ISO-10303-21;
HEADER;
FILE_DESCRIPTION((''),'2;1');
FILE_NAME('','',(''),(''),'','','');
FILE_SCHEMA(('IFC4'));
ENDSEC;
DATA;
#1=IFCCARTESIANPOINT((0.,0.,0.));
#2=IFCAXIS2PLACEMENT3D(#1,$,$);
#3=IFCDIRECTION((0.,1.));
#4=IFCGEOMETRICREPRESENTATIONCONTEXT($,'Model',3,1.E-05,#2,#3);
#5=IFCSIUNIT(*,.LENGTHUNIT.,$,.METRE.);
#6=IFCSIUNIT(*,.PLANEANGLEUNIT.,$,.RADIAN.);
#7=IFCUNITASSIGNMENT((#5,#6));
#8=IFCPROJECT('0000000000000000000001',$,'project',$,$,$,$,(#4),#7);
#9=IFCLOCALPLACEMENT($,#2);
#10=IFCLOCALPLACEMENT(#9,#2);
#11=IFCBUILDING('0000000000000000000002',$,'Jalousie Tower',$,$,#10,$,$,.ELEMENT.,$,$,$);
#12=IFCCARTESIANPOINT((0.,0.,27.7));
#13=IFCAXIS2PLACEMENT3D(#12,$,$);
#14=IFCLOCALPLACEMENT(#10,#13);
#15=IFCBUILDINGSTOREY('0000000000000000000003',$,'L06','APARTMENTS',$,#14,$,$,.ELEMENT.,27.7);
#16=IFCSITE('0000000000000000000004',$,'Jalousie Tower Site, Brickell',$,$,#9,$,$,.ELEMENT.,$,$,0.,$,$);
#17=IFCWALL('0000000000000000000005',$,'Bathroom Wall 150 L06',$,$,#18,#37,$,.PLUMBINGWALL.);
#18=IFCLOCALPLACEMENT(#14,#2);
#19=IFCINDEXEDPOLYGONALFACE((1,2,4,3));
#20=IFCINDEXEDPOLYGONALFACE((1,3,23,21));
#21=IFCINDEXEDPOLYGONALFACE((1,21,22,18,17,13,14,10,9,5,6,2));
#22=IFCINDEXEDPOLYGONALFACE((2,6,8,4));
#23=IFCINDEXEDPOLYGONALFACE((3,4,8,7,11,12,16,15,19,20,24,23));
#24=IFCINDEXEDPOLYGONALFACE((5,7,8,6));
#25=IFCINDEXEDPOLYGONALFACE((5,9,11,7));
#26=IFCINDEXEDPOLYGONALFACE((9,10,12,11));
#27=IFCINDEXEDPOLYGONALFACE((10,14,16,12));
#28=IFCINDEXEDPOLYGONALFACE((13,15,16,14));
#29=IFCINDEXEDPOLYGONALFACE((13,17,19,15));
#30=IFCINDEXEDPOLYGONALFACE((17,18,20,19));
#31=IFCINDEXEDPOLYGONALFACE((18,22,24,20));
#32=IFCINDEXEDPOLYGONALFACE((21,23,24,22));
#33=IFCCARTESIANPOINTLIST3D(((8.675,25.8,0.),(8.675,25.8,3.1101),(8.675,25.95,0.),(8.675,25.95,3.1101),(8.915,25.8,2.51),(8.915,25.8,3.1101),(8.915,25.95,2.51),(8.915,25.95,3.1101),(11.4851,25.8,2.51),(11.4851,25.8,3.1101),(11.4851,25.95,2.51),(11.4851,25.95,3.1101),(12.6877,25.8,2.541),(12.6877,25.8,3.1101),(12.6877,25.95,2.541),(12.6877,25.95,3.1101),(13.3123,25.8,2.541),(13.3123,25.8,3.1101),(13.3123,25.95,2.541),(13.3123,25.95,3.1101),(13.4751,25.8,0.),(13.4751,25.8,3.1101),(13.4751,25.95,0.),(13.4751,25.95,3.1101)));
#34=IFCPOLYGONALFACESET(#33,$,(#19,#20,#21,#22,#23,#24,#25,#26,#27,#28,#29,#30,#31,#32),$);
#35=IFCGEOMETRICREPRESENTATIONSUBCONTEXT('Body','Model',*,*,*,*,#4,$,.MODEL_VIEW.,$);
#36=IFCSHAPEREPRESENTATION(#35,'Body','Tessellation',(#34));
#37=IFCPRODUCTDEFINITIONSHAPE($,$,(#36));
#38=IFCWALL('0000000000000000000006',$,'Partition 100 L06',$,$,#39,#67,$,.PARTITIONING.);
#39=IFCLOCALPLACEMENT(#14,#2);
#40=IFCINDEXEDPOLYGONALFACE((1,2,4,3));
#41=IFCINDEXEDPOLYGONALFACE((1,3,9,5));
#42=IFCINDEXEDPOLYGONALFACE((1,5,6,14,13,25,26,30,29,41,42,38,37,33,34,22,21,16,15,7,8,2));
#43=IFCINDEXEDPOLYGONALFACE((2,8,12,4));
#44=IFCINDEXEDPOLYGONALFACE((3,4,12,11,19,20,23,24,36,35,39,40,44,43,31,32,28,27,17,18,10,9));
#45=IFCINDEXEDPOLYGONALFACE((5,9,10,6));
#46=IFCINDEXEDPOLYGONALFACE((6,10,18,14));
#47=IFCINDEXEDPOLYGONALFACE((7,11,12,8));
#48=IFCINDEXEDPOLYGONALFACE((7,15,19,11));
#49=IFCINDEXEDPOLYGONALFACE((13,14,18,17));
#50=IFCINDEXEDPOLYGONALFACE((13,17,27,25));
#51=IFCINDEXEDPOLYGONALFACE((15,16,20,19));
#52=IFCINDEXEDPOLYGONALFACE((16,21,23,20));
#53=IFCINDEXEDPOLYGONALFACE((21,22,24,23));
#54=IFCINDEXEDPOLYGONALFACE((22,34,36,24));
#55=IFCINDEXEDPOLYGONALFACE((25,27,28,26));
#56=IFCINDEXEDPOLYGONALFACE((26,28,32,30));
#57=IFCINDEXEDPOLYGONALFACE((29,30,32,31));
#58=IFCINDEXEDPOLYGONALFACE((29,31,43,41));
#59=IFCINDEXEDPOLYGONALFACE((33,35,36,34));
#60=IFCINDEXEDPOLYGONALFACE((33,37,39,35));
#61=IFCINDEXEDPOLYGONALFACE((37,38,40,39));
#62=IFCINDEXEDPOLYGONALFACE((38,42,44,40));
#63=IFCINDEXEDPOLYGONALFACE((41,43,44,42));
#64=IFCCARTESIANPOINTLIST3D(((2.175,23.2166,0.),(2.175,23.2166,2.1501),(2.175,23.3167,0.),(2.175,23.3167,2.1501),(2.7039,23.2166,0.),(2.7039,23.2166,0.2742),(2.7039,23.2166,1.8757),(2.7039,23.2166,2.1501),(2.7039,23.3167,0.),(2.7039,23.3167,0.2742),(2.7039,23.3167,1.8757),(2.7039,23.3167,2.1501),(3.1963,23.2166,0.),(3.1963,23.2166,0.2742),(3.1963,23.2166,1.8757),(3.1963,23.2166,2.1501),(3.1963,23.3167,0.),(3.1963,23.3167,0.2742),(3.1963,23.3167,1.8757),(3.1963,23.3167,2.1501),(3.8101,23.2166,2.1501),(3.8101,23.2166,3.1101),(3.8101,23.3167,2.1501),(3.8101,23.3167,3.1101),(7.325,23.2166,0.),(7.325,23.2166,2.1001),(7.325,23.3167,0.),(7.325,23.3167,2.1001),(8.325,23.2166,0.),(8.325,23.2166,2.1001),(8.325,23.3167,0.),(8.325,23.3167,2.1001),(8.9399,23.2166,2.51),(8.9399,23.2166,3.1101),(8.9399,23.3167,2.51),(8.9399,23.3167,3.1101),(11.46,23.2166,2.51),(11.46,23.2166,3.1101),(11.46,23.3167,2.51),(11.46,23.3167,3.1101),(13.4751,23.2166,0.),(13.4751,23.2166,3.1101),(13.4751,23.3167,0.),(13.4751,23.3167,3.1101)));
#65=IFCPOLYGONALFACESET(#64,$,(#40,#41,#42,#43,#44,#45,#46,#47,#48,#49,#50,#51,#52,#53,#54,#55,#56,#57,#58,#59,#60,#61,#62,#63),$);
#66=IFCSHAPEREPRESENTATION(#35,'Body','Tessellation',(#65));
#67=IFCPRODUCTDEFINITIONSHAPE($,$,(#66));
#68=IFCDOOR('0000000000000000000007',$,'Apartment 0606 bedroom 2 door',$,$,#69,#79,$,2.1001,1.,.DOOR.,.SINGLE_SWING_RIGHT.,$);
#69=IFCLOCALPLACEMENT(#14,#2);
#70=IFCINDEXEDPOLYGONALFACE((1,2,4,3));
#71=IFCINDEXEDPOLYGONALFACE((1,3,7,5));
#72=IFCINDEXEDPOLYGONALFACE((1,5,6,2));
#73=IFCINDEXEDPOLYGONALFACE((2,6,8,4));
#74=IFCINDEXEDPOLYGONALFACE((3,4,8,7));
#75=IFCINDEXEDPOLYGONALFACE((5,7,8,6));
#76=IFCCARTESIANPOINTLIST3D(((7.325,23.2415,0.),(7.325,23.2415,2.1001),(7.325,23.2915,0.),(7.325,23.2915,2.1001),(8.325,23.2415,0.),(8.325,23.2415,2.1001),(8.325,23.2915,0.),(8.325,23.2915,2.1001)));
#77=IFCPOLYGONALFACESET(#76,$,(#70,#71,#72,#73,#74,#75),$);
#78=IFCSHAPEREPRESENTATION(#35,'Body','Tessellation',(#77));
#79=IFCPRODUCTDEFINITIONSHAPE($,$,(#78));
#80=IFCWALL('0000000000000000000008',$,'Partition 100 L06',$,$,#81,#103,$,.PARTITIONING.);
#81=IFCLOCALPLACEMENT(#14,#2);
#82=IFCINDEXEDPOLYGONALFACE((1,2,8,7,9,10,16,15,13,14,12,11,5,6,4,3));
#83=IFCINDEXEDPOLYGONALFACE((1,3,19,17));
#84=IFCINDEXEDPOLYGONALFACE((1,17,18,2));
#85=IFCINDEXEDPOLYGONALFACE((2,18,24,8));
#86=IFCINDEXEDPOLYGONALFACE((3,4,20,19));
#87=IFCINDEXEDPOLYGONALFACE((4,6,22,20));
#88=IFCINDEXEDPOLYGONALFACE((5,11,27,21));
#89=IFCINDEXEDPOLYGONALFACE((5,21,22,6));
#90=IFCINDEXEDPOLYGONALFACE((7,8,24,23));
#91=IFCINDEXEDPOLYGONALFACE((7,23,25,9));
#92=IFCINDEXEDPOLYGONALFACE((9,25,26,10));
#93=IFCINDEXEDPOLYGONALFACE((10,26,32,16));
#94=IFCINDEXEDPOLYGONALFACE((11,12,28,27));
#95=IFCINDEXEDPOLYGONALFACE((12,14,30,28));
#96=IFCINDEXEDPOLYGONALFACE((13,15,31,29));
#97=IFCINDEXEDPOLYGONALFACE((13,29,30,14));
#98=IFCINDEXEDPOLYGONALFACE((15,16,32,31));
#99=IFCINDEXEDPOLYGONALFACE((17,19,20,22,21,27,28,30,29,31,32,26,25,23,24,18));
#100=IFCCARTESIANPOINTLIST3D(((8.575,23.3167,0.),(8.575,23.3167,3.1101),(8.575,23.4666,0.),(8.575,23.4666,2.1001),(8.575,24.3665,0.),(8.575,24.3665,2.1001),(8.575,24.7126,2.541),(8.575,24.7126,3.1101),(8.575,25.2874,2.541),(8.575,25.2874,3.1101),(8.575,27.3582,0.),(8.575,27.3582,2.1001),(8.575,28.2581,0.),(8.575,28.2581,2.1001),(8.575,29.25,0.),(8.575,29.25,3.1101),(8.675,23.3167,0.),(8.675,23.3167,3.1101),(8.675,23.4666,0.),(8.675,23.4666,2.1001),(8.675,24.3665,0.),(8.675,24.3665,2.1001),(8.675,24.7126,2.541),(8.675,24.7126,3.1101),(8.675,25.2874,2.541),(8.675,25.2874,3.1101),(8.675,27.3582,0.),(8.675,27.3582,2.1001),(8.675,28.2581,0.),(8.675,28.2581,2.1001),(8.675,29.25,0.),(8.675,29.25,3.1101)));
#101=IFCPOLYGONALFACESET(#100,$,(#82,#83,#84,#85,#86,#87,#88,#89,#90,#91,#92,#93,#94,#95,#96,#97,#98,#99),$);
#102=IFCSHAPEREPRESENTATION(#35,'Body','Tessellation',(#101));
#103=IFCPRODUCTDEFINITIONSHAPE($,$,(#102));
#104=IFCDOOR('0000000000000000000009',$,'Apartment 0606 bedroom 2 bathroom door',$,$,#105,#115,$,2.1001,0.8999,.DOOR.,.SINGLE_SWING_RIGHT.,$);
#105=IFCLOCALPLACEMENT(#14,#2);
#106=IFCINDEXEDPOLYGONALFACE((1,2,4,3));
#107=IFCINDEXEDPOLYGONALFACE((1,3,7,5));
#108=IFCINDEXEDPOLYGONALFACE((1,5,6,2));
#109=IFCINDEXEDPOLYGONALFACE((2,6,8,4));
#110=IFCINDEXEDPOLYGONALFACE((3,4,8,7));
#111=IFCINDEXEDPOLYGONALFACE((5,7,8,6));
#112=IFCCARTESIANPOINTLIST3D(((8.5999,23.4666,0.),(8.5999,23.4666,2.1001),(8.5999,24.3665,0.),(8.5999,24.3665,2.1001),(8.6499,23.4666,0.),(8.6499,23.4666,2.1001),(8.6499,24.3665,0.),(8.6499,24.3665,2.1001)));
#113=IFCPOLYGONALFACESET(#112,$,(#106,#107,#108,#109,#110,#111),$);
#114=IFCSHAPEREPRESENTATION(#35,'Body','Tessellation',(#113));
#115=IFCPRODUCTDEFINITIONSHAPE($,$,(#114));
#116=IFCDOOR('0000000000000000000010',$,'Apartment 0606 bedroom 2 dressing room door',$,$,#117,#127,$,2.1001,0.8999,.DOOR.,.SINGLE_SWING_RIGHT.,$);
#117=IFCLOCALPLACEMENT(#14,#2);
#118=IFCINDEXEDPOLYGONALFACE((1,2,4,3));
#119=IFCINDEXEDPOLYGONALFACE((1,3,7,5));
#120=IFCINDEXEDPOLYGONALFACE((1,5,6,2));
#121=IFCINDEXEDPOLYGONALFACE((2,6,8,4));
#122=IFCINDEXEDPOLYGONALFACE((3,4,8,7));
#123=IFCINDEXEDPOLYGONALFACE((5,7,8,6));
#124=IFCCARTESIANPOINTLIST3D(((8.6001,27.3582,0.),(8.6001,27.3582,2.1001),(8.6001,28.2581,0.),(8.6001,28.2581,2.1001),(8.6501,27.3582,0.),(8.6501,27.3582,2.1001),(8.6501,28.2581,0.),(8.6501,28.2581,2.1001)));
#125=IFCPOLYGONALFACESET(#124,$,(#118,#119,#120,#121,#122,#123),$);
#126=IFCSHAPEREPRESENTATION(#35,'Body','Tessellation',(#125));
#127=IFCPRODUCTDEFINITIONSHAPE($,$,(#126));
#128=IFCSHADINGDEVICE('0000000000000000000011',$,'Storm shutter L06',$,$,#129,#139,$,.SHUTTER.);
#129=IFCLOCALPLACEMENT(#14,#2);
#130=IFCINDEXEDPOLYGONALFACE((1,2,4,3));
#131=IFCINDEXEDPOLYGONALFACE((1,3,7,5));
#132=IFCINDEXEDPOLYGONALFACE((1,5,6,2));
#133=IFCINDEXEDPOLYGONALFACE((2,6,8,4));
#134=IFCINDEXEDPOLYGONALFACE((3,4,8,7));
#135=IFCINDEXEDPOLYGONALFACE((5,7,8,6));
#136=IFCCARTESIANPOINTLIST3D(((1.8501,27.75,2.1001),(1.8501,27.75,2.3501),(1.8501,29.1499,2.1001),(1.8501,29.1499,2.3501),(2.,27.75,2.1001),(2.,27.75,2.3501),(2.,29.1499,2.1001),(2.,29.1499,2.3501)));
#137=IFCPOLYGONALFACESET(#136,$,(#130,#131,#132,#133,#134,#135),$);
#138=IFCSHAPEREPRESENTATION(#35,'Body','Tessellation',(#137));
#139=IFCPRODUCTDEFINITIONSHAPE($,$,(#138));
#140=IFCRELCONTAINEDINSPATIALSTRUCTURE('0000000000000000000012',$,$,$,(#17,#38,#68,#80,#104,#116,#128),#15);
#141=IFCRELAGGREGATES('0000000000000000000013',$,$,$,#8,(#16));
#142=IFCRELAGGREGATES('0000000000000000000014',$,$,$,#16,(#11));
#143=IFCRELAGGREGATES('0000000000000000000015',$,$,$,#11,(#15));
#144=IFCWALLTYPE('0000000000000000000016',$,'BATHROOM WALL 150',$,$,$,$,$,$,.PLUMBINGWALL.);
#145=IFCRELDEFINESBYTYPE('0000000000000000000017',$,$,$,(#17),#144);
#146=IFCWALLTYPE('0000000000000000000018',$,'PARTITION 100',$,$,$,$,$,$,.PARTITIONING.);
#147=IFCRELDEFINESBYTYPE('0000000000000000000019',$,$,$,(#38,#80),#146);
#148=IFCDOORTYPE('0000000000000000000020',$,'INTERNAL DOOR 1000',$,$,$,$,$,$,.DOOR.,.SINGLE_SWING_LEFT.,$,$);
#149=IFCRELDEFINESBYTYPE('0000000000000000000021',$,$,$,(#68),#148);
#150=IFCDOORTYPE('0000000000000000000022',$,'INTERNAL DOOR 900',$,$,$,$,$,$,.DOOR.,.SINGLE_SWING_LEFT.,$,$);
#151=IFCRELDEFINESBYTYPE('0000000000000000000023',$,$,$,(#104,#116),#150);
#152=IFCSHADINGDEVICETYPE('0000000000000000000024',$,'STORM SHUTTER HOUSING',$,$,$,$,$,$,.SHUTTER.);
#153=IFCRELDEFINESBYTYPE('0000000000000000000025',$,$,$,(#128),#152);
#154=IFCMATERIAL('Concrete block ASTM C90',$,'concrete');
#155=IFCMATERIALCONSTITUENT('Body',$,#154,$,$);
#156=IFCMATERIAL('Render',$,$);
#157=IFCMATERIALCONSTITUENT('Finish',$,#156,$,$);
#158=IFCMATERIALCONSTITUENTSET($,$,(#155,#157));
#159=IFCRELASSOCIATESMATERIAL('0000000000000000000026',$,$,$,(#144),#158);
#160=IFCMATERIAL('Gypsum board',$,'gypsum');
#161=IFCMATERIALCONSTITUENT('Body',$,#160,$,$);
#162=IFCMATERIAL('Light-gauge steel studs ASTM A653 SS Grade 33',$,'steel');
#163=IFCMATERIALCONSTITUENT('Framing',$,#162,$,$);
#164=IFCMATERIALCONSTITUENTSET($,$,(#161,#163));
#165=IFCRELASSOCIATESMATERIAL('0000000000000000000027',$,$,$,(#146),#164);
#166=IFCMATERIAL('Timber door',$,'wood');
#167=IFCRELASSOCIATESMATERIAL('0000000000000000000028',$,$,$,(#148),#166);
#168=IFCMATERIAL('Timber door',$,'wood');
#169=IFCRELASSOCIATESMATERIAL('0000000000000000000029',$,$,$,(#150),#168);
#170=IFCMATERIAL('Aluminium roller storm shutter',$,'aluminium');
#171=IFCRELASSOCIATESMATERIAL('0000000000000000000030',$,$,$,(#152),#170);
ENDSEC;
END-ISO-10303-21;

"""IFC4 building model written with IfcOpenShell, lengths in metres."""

from ifc_helpers import new_model, si_unit, direction, frame, frame_2d, origin, origin_2d, place, context, subcontext, project, spatial, polyline, rectangle, outline, extrude, material, constituent, constituent_set, type_object, element, fill, save


model = new_model("IFC4")

# Units and contexts
model_context = context("Model", 3, precision=1e-05, world=origin(), true_north=direction((0.0, 1.0)))
body_context = subcontext(model_context, "Body", "Model", "MODEL_VIEW")
ifc_project = project(units=[si_unit("LENGTHUNIT", "METRE"), si_unit("PLANEANGLEUNIT", "RADIAN")], contexts=[model_context])

# Site, building, storey
site_placement = place(None, origin())
site = spatial("IfcSite", under=ifc_project, at=site_placement, Name="Jalousie Tower Site, Brickell", CompositionType="ELEMENT", RefElevation=0.0)
building_placement = place(site_placement, origin())
building = spatial("IfcBuilding", under=site, at=building_placement, Name="Jalousie Tower", CompositionType="ELEMENT")
storey_placement = place(building_placement, frame((0.0, 0.0, 27.7)))
storey = spatial("IfcBuildingStorey", under=building, at=storey_placement, Name="L06", Description="APARTMENTS", CompositionType="ELEMENT", Elevation=27.7)

# Wall
ifc_material_1 = material(Name="Concrete block ASTM C90", Category="concrete")
ifc_constituent_1 = constituent(ifc_material_1, Name="Body")
ifc_material_2 = material(Name="Render")
ifc_constituent_2 = constituent(ifc_material_2, Name="Finish")
ifc_constituent_set_1 = constituent_set(constituents=[ifc_constituent_1, ifc_constituent_2])
wall_type_1 = type_object("IfcWallType", Name="BATHROOM WALL 150", PredefinedType="PLUMBINGWALL", material=ifc_constituent_set_1)
wall_1_placement = place(storey_placement, frame((8.675, 25.875, 0.0), z_axis=(0.0, 0.0, 1.0), x_axis=(1.0, 0.0, 0.0)))
element("IfcWall", 1, at=wall_1_placement, inside=storey, type_object=wall_type_1, Name="Bathroom Wall 150 L06", PredefinedType="PLUMBINGWALL", context=body_context, shape_type="SweptSolid", body=[
    extrude(outline(polyline([(0.0, 0.0), (4.8, 0.0), (4.8, 3.1101), (4.6372, 3.1101), (4.6372, 2.541), (4.0127, 2.541), (4.0127, 3.1101), (2.8101, 3.1101), (2.8101, 2.51), (0.24, 2.51), (0.24, 3.1101), (0.0, 3.1101), (0.0, 0.0)])), frame((0.0, 0.075, 0.0), z_axis=(0.0, -1.0, 0.0), x_axis=(1.0, 0.0, 0.0)), (0.0, 0.0, 1.0), 0.1499),
])

# Wall, opening, door
ifc_material_3 = material(Name="Gypsum board", Category="gypsum")
ifc_constituent_3 = constituent(ifc_material_3, Name="Body")
ifc_material_4 = material(Name="Light-gauge steel studs ASTM A653 SS Grade 33", Category="steel")
ifc_constituent_4 = constituent(ifc_material_4, Name="Framing")
ifc_constituent_set_2 = constituent_set(constituents=[ifc_constituent_3, ifc_constituent_4])
wall_type_2 = type_object("IfcWallType", Name="PARTITION 100", PredefinedType="PARTITIONING", material=ifc_constituent_set_2)
wall_2_placement = place(storey_placement, frame((2.175, 23.2666, 0.0), z_axis=(0.0, 0.0, 1.0), x_axis=(1.0, 0.0, 0.0)))
wall_2 = element("IfcWall", 2, at=wall_2_placement, inside=storey, type_object=wall_type_2, Name="Partition 100 L06", PredefinedType="PARTITIONING", context=body_context, shape_type="SweptSolid", body=[
    extrude(outline(polyline([(0.5288, 2.1501), (0.0, 2.1501), (0.0, 0.0), (0.5288, 0.0), (0.5288, 0.2742), (1.0212, 0.2742), (1.0212, 0.0), (11.3, 0.0), (11.3, 3.1101), (9.2849, 3.1101), (9.2849, 2.51), (6.7649, 2.51), (6.7649, 3.1101), (1.635, 3.1101), (1.635, 2.1501), (1.0212, 2.1501), (1.0212, 1.8757), (0.5288, 1.8757), (0.5288, 2.1501)])), frame((0.0, 0.05, 0.0), z_axis=(0.0, -1.0, 0.0), x_axis=(1.0, 0.0, 0.0)), (0.0, 0.0, 1.0), 0.1001),
])
opening_1_placement = place(wall_2_placement, frame((5.1499, 0.0, 0.0)))
opening_1 = element("IfcOpeningElement", 3, at=opening_1_placement, cuts=wall_2, PredefinedType="OPENING", context=body_context, shape_type="SweptSolid", body=[
    extrude(rectangle(XDim=1.0, YDim=2.1001, at=frame_2d((0.5, 1.05))), frame((0.0, 0.0601, 0.0), z_axis=(0.0, -1.0, 0.0), x_axis=(1.0, 0.0, 0.0)), (0.0, 0.0, 1.0), 0.1201),
])
ifc_material_5 = material(Name="Timber door", Category="wood")
door_type_1 = type_object("IfcDoorType", Name="INTERNAL DOOR 1000", OperationType="SINGLE_SWING_LEFT", PredefinedType="DOOR", material=ifc_material_5)
door_1_placement = place(opening_1_placement, origin())
door_1 = element("IfcDoor", 4, at=door_1_placement, inside=storey, type_object=door_type_1, Name="Apartment 0606 bedroom 2 door", OperationType="SINGLE_SWING_RIGHT", OverallHeight=2.1001, OverallWidth=1.0, PredefinedType="DOOR", context=body_context, shape_type="SweptSolid", body=[
    extrude(rectangle(XDim=1.0, YDim=2.1001, at=frame_2d((0.5, 1.05))), frame((0.0, 0.0249, 0.0), z_axis=(0.0, -1.0, 0.0), x_axis=(1.0, 0.0, 0.0)), (0.0, 0.0, 1.0), 0.05),
])
fill(opening_1, door_1)

# Wall, openings, doors
wall_3_placement = place(storey_placement, frame((8.625, 23.3167, 0.0), z_axis=(0.0, 0.0, 1.0), x_axis=(0.0, 1.0, 0.0)))
wall_3 = element("IfcWall", 5, at=wall_3_placement, inside=storey, type_object=wall_type_2, Name="Partition 100 L06", PredefinedType="PARTITIONING", context=body_context, shape_type="SweptSolid", body=[
    extrude(outline(polyline([(0.0, 0.0), (5.9333, 0.0), (5.9333, 3.1101), (1.9707, 3.1101), (1.9707, 2.541), (1.396, 2.541), (1.396, 3.1101), (0.0, 3.1101), (0.0, 0.0)])), frame((0.0, 0.05, 0.0), z_axis=(0.0, -1.0, 0.0), x_axis=(1.0, 0.0, 0.0)), (0.0, 0.0, 1.0), 0.1001),
])
opening_2_placement = place(wall_3_placement, frame((0.1499, 0.0, 0.0)))
opening_2 = element("IfcOpeningElement", 6, at=opening_2_placement, cuts=wall_3, PredefinedType="OPENING", context=body_context, shape_type="SweptSolid", body=[
    extrude(rectangle(XDim=0.8999, YDim=2.1001, at=frame_2d((0.45, 1.05))), frame((0.0, 0.0601, 0.0), z_axis=(0.0, -1.0, 0.0), x_axis=(1.0, 0.0, 0.0)), (0.0, 0.0, 1.0), 0.1201),
])
opening_3_placement = place(wall_3_placement, frame((4.0415, 0.0, 0.0)))
opening_3 = element("IfcOpeningElement", 7, at=opening_3_placement, cuts=wall_3, PredefinedType="OPENING", context=body_context, shape_type="SweptSolid", body=[
    extrude(rectangle(XDim=0.8999, YDim=2.1001, at=frame_2d((0.45, 1.05))), frame((0.0, 0.0601, 0.0), z_axis=(0.0, -1.0, 0.0), x_axis=(1.0, 0.0, 0.0)), (0.0, 0.0, 1.0), 0.1201),
])
ifc_material_6 = material(Name="Timber door", Category="wood")
door_type_2 = type_object("IfcDoorType", Name="INTERNAL DOOR 900", OperationType="SINGLE_SWING_LEFT", PredefinedType="DOOR", material=ifc_material_6)
door_2_placement = place(opening_2_placement, frame((0.8999, 0.0, 0.0), z_axis=(0.0, 0.0, 1.0), x_axis=(-1.0, 0.0, 0.0)))
door_2 = element("IfcDoor", 8, at=door_2_placement, inside=storey, type_object=door_type_2, Name="Apartment 0606 bedroom 2 bathroom door", OperationType="SINGLE_SWING_RIGHT", OverallHeight=2.1001, OverallWidth=0.8999, PredefinedType="DOOR", context=body_context, shape_type="SweptSolid", body=[
    extrude(rectangle(XDim=0.8999, YDim=2.1001, at=frame_2d((0.45, 1.05))), frame((0.0, 0.0249, 0.0), z_axis=(0.0, -1.0, 0.0), x_axis=(1.0, 0.0, 0.0)), (0.0, 0.0, 1.0), 0.05),
])
fill(opening_2, door_2)
door_3_placement = place(opening_3_placement, origin())
door_3 = element("IfcDoor", 9, at=door_3_placement, inside=storey, type_object=door_type_2, Name="Apartment 0606 bedroom 2 dressing room door", OperationType="SINGLE_SWING_RIGHT", OverallHeight=2.1001, OverallWidth=0.8999, PredefinedType="DOOR", context=body_context, shape_type="SweptSolid", body=[
    extrude(rectangle(XDim=0.8999, YDim=2.1001, at=frame_2d((0.45, 1.05))), frame((0.0, 0.0249, 0.0), z_axis=(0.0, -1.0, 0.0), x_axis=(1.0, 0.0, 0.0)), (0.0, 0.0, 1.0), 0.05),
])
fill(opening_3, door_3)

# Shading device
ifc_material_7 = material(Name="Aluminium roller storm shutter", Category="aluminium")
shading_device_type = type_object("IfcShadingDeviceType", Name="STORM SHUTTER HOUSING", PredefinedType="SHUTTER", material=ifc_material_7)
shading_device_placement = place(storey_placement, frame((1.925, 28.45, 2.1001), z_axis=(0.0, 0.0, 1.0), x_axis=(0.0, -1.0, 0.0)))
element("IfcShadingDevice", 10, at=shading_device_placement, inside=storey, type_object=shading_device_type, Name="Storm shutter L06", PredefinedType="SHUTTER", context=body_context, shape_type="SweptSolid", body=[
    extrude(rectangle(XDim=1.3999, YDim=0.1499, at=origin_2d()), origin(), (0.0, 0.0, 1.0), 0.25),
])

save(model, "model.ifc")
